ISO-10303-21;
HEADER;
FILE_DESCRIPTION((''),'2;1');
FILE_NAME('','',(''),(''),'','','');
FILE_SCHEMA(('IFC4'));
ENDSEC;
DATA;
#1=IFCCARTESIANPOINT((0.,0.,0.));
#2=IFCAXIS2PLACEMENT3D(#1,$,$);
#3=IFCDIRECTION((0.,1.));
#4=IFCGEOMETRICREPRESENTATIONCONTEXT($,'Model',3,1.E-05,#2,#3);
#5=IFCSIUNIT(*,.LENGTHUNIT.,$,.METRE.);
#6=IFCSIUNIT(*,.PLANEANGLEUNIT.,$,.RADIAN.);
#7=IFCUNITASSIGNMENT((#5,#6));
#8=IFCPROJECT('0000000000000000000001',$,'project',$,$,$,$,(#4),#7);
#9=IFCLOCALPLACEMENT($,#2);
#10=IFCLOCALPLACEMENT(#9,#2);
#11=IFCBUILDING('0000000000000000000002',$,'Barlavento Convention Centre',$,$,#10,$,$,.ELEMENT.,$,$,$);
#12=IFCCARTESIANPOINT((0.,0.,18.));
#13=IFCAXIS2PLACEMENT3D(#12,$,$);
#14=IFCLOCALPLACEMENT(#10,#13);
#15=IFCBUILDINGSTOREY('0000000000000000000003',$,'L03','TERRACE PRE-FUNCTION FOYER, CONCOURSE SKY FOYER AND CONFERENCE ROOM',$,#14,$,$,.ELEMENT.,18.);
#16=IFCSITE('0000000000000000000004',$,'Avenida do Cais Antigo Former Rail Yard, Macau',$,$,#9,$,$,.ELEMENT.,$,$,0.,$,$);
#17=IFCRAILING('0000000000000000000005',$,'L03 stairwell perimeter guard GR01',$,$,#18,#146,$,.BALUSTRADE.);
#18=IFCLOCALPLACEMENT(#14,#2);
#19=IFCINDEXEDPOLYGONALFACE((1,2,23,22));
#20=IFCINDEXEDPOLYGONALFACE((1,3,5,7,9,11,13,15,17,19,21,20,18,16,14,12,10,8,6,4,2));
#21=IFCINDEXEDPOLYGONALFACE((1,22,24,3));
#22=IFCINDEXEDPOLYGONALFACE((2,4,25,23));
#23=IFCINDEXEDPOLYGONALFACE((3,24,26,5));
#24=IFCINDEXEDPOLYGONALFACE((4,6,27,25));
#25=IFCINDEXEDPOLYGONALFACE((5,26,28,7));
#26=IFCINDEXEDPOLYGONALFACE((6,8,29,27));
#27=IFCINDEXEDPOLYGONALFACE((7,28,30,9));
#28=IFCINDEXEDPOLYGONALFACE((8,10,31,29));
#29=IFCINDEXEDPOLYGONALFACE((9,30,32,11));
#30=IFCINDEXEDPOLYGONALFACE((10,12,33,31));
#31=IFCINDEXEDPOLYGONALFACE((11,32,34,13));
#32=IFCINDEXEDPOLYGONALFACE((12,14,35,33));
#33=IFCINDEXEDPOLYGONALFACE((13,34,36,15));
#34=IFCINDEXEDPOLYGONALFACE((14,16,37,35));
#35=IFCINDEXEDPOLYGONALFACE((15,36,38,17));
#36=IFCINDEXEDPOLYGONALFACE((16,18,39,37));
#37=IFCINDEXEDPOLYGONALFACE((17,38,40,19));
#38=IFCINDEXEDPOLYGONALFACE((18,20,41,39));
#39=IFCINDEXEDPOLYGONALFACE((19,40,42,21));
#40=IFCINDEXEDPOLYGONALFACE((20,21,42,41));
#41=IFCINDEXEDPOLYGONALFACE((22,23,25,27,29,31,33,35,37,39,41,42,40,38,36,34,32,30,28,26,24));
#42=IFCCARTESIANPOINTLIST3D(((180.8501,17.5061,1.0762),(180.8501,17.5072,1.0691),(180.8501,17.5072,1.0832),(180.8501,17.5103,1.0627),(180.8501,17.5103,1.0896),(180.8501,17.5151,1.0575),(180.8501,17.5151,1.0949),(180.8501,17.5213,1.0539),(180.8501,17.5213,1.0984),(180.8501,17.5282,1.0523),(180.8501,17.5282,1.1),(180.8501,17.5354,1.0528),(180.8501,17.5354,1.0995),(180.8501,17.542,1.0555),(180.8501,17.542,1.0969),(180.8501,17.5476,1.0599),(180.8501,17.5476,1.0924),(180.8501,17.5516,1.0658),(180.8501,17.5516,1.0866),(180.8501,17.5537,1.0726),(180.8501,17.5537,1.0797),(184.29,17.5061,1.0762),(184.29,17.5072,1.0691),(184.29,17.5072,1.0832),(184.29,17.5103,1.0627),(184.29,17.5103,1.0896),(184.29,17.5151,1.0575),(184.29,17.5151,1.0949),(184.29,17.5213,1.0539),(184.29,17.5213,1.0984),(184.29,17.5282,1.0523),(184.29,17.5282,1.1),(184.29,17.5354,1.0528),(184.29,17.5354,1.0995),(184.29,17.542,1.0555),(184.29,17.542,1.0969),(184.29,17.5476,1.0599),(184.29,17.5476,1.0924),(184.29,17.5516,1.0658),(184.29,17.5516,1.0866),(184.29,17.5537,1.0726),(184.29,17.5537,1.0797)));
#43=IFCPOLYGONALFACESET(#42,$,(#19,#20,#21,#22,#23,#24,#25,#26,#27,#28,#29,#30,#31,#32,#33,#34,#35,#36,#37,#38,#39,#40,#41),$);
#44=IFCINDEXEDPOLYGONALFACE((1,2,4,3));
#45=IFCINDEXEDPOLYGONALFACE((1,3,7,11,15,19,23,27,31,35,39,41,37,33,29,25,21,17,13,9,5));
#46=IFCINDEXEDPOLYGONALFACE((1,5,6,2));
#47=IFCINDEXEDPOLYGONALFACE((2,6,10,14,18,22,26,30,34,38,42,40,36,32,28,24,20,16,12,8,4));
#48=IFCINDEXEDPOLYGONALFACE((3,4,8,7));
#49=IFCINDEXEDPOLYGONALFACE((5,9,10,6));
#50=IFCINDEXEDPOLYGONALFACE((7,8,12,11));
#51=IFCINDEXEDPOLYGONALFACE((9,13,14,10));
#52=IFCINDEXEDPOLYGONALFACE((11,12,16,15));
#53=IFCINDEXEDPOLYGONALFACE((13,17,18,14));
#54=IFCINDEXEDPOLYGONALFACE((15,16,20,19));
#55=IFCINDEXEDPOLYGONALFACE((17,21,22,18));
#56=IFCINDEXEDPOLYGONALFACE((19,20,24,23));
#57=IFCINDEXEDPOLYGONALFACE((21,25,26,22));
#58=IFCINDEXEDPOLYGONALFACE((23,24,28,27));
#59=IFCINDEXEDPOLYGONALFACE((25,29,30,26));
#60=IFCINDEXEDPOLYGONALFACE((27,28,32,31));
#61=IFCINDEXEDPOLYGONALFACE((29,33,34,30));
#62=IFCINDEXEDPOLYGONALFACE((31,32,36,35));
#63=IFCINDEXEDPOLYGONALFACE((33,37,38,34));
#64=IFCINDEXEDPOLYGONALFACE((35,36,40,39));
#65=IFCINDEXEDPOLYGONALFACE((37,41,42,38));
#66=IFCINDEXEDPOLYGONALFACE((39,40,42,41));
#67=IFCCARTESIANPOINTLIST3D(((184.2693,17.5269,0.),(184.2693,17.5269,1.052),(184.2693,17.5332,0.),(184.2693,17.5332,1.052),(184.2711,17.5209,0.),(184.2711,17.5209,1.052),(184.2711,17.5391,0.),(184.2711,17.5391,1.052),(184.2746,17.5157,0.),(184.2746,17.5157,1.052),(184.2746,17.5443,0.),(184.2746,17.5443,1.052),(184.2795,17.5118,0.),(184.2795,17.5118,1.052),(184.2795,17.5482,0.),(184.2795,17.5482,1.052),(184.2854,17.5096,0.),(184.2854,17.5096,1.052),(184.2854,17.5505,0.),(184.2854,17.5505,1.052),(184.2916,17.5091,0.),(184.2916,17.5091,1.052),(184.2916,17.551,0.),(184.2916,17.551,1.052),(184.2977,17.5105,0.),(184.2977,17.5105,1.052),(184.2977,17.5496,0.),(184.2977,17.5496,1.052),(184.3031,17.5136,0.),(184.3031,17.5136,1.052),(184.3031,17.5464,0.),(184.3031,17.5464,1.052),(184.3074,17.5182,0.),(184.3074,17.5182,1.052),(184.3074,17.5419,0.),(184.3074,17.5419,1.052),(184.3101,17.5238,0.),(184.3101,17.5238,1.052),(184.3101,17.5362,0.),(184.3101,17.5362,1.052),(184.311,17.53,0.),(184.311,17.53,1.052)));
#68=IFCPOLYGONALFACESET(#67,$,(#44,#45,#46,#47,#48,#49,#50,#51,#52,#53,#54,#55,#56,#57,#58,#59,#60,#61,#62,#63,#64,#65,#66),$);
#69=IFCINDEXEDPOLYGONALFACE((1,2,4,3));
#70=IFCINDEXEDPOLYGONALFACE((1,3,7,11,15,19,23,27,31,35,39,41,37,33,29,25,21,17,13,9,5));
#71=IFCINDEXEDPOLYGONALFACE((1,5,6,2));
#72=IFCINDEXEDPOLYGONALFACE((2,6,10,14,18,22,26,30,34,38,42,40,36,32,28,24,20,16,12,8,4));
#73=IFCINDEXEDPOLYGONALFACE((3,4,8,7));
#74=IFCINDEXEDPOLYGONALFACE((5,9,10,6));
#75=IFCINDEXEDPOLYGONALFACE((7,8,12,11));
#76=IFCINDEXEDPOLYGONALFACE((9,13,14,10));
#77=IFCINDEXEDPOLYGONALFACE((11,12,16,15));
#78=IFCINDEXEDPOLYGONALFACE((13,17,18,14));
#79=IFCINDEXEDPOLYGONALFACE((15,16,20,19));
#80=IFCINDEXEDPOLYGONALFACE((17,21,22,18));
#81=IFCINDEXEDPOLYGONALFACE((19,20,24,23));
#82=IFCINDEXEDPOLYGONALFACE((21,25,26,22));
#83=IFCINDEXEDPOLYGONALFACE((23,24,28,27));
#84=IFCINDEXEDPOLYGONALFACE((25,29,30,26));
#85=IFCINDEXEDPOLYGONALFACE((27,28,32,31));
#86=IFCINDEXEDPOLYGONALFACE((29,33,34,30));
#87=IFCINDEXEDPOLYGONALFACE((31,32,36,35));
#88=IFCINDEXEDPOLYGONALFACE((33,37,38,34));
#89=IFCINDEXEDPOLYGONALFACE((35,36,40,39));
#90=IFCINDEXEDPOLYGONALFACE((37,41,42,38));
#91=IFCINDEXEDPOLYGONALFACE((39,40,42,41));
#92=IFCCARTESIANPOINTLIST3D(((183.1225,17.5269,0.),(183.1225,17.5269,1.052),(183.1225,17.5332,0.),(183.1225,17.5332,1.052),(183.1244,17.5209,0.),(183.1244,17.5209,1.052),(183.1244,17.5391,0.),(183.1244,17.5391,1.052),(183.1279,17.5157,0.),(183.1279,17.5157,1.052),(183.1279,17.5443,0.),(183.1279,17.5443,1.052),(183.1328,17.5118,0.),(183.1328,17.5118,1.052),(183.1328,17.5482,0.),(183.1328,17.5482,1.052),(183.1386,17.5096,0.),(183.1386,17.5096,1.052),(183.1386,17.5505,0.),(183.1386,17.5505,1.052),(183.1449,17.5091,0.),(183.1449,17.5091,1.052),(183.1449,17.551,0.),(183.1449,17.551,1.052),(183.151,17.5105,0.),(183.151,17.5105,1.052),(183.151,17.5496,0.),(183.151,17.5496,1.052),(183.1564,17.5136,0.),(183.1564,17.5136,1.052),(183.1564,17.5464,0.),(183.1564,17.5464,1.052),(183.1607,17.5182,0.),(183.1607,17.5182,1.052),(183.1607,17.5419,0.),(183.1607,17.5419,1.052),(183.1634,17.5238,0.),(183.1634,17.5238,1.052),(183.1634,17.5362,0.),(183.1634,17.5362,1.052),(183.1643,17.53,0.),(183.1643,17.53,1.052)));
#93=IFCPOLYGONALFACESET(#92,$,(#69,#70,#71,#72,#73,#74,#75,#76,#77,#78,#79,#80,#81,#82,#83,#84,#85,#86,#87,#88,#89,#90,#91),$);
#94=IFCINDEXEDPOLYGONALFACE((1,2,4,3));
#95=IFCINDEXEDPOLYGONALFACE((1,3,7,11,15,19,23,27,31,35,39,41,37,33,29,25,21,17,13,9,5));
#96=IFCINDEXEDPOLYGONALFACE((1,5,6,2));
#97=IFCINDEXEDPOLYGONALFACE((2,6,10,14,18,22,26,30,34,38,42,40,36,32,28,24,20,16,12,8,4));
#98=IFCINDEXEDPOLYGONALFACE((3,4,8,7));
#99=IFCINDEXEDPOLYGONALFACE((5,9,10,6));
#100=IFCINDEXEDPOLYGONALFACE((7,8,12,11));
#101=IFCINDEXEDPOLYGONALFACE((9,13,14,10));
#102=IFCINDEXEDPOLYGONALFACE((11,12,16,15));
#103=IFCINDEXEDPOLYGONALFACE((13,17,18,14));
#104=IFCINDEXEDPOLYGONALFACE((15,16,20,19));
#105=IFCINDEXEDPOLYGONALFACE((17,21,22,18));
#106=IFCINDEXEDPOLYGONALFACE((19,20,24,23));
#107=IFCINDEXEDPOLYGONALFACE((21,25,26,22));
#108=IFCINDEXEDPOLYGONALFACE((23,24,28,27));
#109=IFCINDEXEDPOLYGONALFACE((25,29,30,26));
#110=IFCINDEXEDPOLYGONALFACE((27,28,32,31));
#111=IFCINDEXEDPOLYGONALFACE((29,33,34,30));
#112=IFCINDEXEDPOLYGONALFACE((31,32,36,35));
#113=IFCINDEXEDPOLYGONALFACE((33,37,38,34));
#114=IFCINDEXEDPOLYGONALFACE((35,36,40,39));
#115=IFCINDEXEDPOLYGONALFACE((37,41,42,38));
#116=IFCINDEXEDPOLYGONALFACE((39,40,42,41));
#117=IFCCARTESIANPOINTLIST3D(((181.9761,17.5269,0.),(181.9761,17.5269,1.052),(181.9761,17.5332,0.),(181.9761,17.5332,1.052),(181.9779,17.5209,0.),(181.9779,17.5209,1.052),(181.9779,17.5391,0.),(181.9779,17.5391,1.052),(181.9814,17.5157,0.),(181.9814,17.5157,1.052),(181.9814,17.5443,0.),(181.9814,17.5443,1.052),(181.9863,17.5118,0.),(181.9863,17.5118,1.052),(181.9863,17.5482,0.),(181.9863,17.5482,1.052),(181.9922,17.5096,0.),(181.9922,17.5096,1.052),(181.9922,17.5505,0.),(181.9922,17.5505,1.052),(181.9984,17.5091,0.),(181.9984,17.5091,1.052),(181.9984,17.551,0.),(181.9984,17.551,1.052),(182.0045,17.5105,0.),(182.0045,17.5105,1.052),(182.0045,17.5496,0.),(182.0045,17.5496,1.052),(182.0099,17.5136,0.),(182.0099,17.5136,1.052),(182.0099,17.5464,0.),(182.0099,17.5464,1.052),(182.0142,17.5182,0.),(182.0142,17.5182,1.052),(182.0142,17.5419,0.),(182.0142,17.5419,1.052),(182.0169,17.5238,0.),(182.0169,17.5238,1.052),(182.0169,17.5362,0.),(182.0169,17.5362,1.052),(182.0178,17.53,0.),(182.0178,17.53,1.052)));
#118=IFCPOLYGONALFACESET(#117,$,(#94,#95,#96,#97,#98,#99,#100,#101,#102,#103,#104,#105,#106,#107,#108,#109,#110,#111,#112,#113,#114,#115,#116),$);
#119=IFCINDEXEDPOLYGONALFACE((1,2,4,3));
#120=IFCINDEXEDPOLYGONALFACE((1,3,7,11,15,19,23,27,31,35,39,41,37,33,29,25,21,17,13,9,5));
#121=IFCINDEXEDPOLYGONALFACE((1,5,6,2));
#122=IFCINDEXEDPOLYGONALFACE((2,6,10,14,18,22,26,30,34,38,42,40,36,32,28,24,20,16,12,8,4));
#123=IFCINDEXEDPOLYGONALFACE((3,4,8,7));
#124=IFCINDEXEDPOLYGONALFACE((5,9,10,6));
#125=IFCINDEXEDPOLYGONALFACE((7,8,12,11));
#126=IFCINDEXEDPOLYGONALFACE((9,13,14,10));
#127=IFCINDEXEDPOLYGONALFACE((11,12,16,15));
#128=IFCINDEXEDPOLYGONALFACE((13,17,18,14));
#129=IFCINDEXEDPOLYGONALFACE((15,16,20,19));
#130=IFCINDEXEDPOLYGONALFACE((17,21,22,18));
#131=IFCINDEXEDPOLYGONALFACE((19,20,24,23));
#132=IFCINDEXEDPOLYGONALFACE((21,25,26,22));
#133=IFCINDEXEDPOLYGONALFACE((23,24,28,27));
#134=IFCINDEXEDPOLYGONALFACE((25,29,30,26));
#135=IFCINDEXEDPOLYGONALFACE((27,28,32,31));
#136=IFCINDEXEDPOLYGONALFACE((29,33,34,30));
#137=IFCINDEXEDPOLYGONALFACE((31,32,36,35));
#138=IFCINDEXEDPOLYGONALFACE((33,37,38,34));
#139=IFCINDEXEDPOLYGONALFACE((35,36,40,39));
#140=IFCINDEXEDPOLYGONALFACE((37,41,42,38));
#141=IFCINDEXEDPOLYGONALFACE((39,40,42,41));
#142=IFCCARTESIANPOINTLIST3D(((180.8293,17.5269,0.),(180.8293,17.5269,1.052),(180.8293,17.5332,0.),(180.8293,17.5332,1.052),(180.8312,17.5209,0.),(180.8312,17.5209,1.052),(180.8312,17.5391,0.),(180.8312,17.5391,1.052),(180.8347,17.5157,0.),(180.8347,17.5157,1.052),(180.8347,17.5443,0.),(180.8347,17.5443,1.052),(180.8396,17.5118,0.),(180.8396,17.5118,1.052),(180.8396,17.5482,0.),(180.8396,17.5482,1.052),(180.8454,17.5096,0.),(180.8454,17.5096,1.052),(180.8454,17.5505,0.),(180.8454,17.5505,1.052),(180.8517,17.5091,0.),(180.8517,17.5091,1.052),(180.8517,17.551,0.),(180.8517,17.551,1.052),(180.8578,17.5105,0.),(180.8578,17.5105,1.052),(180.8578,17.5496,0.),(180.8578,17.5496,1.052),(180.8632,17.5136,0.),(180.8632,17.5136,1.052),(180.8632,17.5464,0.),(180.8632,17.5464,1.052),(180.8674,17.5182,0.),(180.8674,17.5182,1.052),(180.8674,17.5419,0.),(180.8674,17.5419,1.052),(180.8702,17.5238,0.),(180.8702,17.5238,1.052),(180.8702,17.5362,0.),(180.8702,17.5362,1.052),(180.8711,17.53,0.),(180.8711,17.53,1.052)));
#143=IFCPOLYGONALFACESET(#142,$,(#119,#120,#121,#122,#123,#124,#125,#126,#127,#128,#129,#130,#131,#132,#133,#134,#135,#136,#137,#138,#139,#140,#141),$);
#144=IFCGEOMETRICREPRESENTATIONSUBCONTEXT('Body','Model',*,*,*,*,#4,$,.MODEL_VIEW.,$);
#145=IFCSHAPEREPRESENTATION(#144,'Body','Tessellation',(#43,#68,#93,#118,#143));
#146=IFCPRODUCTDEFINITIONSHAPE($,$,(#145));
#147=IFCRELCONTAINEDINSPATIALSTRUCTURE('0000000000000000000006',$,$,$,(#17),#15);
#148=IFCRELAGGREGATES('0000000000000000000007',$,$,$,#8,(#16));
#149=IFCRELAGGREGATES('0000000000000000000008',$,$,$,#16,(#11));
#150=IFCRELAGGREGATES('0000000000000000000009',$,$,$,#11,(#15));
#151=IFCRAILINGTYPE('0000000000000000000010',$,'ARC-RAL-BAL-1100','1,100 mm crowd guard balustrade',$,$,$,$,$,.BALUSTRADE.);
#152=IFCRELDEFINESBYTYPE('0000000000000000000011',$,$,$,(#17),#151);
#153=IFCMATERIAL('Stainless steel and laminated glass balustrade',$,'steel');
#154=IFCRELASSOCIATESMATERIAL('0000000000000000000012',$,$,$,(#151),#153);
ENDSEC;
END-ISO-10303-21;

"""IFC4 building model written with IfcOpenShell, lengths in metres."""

from ifc_helpers import new_model, si_unit, direction, frame, origin, origin_2d, place, context, subcontext, project, spatial, circle, extrude, material, type_object, element, save


model = new_model("IFC4")

# Units and contexts
model_context = context("Model", 3, precision=1e-05, world=origin(), true_north=direction((0.0, 1.0)))
body_context = subcontext(model_context, "Body", "Model", "MODEL_VIEW")
ifc_project = project(units=[si_unit("LENGTHUNIT", "METRE"), si_unit("PLANEANGLEUNIT", "RADIAN")], contexts=[model_context])

# Site, building, storey
site_placement = place(None, origin())
site = spatial("IfcSite", under=ifc_project, at=site_placement, Name="Avenida do Cais Antigo Former Rail Yard, Macau", CompositionType="ELEMENT", RefElevation=0.0)
building_placement = place(site_placement, origin())
building = spatial("IfcBuilding", under=site, at=building_placement, Name="Barlavento Convention Centre", CompositionType="ELEMENT")
storey_placement = place(building_placement, frame((0.0, 0.0, 18.0)))
storey = spatial("IfcBuildingStorey", under=building, at=storey_placement, Name="L03", Description="TERRACE PRE-FUNCTION FOYER, CONCOURSE SKY FOYER AND CONFERENCE ROOM", CompositionType="ELEMENT", Elevation=18.0)

# Railing
ifc_material_1 = material(Name="Stainless steel and laminated glass balustrade", Category="steel")
railing_type = type_object("IfcRailingType", Name="ARC-RAL-BAL-1100", Description="1,100 mm crowd guard balustrade", PredefinedType="BALUSTRADE", material=ifc_material_1)
railing_1_placement = place(storey_placement, frame((184.29, 17.53, 0.0)))
element("IfcRailing", 1, at=railing_1_placement, inside=storey, type_object=railing_type, Name="L03 stairwell perimeter guard GR01", PredefinedType="BALUSTRADE", context=body_context, shape_type="SweptSolid", body=[
    extrude(circle(Radius=0.0239, at=origin_2d()), frame((0.0, 0.0, 1.0762), z_axis=(-1.0, 0.0, 0.0), x_axis=(0.0, -1.0, 0.0)), (0.0, 0.0, 1.0), 3.4399),
    extrude(circle(Radius=0.021, at=origin_2d()), origin(), (0.0, 0.0, 1.0), 1.052),
    extrude(circle(Radius=0.021, at=origin_2d()), frame((-1.1467, 0.0, 0.0)), (0.0, 0.0, 1.0), 1.052),
    extrude(circle(Radius=0.021, at=origin_2d()), frame((-2.2932, 0.0, 0.0)), (0.0, 0.0, 1.0), 1.052),
    extrude(circle(Radius=0.021, at=origin_2d()), frame((-3.4399, 0.0, 0.0)), (0.0, 0.0, 1.0), 1.052),
])

save(model, "model.ifc")
